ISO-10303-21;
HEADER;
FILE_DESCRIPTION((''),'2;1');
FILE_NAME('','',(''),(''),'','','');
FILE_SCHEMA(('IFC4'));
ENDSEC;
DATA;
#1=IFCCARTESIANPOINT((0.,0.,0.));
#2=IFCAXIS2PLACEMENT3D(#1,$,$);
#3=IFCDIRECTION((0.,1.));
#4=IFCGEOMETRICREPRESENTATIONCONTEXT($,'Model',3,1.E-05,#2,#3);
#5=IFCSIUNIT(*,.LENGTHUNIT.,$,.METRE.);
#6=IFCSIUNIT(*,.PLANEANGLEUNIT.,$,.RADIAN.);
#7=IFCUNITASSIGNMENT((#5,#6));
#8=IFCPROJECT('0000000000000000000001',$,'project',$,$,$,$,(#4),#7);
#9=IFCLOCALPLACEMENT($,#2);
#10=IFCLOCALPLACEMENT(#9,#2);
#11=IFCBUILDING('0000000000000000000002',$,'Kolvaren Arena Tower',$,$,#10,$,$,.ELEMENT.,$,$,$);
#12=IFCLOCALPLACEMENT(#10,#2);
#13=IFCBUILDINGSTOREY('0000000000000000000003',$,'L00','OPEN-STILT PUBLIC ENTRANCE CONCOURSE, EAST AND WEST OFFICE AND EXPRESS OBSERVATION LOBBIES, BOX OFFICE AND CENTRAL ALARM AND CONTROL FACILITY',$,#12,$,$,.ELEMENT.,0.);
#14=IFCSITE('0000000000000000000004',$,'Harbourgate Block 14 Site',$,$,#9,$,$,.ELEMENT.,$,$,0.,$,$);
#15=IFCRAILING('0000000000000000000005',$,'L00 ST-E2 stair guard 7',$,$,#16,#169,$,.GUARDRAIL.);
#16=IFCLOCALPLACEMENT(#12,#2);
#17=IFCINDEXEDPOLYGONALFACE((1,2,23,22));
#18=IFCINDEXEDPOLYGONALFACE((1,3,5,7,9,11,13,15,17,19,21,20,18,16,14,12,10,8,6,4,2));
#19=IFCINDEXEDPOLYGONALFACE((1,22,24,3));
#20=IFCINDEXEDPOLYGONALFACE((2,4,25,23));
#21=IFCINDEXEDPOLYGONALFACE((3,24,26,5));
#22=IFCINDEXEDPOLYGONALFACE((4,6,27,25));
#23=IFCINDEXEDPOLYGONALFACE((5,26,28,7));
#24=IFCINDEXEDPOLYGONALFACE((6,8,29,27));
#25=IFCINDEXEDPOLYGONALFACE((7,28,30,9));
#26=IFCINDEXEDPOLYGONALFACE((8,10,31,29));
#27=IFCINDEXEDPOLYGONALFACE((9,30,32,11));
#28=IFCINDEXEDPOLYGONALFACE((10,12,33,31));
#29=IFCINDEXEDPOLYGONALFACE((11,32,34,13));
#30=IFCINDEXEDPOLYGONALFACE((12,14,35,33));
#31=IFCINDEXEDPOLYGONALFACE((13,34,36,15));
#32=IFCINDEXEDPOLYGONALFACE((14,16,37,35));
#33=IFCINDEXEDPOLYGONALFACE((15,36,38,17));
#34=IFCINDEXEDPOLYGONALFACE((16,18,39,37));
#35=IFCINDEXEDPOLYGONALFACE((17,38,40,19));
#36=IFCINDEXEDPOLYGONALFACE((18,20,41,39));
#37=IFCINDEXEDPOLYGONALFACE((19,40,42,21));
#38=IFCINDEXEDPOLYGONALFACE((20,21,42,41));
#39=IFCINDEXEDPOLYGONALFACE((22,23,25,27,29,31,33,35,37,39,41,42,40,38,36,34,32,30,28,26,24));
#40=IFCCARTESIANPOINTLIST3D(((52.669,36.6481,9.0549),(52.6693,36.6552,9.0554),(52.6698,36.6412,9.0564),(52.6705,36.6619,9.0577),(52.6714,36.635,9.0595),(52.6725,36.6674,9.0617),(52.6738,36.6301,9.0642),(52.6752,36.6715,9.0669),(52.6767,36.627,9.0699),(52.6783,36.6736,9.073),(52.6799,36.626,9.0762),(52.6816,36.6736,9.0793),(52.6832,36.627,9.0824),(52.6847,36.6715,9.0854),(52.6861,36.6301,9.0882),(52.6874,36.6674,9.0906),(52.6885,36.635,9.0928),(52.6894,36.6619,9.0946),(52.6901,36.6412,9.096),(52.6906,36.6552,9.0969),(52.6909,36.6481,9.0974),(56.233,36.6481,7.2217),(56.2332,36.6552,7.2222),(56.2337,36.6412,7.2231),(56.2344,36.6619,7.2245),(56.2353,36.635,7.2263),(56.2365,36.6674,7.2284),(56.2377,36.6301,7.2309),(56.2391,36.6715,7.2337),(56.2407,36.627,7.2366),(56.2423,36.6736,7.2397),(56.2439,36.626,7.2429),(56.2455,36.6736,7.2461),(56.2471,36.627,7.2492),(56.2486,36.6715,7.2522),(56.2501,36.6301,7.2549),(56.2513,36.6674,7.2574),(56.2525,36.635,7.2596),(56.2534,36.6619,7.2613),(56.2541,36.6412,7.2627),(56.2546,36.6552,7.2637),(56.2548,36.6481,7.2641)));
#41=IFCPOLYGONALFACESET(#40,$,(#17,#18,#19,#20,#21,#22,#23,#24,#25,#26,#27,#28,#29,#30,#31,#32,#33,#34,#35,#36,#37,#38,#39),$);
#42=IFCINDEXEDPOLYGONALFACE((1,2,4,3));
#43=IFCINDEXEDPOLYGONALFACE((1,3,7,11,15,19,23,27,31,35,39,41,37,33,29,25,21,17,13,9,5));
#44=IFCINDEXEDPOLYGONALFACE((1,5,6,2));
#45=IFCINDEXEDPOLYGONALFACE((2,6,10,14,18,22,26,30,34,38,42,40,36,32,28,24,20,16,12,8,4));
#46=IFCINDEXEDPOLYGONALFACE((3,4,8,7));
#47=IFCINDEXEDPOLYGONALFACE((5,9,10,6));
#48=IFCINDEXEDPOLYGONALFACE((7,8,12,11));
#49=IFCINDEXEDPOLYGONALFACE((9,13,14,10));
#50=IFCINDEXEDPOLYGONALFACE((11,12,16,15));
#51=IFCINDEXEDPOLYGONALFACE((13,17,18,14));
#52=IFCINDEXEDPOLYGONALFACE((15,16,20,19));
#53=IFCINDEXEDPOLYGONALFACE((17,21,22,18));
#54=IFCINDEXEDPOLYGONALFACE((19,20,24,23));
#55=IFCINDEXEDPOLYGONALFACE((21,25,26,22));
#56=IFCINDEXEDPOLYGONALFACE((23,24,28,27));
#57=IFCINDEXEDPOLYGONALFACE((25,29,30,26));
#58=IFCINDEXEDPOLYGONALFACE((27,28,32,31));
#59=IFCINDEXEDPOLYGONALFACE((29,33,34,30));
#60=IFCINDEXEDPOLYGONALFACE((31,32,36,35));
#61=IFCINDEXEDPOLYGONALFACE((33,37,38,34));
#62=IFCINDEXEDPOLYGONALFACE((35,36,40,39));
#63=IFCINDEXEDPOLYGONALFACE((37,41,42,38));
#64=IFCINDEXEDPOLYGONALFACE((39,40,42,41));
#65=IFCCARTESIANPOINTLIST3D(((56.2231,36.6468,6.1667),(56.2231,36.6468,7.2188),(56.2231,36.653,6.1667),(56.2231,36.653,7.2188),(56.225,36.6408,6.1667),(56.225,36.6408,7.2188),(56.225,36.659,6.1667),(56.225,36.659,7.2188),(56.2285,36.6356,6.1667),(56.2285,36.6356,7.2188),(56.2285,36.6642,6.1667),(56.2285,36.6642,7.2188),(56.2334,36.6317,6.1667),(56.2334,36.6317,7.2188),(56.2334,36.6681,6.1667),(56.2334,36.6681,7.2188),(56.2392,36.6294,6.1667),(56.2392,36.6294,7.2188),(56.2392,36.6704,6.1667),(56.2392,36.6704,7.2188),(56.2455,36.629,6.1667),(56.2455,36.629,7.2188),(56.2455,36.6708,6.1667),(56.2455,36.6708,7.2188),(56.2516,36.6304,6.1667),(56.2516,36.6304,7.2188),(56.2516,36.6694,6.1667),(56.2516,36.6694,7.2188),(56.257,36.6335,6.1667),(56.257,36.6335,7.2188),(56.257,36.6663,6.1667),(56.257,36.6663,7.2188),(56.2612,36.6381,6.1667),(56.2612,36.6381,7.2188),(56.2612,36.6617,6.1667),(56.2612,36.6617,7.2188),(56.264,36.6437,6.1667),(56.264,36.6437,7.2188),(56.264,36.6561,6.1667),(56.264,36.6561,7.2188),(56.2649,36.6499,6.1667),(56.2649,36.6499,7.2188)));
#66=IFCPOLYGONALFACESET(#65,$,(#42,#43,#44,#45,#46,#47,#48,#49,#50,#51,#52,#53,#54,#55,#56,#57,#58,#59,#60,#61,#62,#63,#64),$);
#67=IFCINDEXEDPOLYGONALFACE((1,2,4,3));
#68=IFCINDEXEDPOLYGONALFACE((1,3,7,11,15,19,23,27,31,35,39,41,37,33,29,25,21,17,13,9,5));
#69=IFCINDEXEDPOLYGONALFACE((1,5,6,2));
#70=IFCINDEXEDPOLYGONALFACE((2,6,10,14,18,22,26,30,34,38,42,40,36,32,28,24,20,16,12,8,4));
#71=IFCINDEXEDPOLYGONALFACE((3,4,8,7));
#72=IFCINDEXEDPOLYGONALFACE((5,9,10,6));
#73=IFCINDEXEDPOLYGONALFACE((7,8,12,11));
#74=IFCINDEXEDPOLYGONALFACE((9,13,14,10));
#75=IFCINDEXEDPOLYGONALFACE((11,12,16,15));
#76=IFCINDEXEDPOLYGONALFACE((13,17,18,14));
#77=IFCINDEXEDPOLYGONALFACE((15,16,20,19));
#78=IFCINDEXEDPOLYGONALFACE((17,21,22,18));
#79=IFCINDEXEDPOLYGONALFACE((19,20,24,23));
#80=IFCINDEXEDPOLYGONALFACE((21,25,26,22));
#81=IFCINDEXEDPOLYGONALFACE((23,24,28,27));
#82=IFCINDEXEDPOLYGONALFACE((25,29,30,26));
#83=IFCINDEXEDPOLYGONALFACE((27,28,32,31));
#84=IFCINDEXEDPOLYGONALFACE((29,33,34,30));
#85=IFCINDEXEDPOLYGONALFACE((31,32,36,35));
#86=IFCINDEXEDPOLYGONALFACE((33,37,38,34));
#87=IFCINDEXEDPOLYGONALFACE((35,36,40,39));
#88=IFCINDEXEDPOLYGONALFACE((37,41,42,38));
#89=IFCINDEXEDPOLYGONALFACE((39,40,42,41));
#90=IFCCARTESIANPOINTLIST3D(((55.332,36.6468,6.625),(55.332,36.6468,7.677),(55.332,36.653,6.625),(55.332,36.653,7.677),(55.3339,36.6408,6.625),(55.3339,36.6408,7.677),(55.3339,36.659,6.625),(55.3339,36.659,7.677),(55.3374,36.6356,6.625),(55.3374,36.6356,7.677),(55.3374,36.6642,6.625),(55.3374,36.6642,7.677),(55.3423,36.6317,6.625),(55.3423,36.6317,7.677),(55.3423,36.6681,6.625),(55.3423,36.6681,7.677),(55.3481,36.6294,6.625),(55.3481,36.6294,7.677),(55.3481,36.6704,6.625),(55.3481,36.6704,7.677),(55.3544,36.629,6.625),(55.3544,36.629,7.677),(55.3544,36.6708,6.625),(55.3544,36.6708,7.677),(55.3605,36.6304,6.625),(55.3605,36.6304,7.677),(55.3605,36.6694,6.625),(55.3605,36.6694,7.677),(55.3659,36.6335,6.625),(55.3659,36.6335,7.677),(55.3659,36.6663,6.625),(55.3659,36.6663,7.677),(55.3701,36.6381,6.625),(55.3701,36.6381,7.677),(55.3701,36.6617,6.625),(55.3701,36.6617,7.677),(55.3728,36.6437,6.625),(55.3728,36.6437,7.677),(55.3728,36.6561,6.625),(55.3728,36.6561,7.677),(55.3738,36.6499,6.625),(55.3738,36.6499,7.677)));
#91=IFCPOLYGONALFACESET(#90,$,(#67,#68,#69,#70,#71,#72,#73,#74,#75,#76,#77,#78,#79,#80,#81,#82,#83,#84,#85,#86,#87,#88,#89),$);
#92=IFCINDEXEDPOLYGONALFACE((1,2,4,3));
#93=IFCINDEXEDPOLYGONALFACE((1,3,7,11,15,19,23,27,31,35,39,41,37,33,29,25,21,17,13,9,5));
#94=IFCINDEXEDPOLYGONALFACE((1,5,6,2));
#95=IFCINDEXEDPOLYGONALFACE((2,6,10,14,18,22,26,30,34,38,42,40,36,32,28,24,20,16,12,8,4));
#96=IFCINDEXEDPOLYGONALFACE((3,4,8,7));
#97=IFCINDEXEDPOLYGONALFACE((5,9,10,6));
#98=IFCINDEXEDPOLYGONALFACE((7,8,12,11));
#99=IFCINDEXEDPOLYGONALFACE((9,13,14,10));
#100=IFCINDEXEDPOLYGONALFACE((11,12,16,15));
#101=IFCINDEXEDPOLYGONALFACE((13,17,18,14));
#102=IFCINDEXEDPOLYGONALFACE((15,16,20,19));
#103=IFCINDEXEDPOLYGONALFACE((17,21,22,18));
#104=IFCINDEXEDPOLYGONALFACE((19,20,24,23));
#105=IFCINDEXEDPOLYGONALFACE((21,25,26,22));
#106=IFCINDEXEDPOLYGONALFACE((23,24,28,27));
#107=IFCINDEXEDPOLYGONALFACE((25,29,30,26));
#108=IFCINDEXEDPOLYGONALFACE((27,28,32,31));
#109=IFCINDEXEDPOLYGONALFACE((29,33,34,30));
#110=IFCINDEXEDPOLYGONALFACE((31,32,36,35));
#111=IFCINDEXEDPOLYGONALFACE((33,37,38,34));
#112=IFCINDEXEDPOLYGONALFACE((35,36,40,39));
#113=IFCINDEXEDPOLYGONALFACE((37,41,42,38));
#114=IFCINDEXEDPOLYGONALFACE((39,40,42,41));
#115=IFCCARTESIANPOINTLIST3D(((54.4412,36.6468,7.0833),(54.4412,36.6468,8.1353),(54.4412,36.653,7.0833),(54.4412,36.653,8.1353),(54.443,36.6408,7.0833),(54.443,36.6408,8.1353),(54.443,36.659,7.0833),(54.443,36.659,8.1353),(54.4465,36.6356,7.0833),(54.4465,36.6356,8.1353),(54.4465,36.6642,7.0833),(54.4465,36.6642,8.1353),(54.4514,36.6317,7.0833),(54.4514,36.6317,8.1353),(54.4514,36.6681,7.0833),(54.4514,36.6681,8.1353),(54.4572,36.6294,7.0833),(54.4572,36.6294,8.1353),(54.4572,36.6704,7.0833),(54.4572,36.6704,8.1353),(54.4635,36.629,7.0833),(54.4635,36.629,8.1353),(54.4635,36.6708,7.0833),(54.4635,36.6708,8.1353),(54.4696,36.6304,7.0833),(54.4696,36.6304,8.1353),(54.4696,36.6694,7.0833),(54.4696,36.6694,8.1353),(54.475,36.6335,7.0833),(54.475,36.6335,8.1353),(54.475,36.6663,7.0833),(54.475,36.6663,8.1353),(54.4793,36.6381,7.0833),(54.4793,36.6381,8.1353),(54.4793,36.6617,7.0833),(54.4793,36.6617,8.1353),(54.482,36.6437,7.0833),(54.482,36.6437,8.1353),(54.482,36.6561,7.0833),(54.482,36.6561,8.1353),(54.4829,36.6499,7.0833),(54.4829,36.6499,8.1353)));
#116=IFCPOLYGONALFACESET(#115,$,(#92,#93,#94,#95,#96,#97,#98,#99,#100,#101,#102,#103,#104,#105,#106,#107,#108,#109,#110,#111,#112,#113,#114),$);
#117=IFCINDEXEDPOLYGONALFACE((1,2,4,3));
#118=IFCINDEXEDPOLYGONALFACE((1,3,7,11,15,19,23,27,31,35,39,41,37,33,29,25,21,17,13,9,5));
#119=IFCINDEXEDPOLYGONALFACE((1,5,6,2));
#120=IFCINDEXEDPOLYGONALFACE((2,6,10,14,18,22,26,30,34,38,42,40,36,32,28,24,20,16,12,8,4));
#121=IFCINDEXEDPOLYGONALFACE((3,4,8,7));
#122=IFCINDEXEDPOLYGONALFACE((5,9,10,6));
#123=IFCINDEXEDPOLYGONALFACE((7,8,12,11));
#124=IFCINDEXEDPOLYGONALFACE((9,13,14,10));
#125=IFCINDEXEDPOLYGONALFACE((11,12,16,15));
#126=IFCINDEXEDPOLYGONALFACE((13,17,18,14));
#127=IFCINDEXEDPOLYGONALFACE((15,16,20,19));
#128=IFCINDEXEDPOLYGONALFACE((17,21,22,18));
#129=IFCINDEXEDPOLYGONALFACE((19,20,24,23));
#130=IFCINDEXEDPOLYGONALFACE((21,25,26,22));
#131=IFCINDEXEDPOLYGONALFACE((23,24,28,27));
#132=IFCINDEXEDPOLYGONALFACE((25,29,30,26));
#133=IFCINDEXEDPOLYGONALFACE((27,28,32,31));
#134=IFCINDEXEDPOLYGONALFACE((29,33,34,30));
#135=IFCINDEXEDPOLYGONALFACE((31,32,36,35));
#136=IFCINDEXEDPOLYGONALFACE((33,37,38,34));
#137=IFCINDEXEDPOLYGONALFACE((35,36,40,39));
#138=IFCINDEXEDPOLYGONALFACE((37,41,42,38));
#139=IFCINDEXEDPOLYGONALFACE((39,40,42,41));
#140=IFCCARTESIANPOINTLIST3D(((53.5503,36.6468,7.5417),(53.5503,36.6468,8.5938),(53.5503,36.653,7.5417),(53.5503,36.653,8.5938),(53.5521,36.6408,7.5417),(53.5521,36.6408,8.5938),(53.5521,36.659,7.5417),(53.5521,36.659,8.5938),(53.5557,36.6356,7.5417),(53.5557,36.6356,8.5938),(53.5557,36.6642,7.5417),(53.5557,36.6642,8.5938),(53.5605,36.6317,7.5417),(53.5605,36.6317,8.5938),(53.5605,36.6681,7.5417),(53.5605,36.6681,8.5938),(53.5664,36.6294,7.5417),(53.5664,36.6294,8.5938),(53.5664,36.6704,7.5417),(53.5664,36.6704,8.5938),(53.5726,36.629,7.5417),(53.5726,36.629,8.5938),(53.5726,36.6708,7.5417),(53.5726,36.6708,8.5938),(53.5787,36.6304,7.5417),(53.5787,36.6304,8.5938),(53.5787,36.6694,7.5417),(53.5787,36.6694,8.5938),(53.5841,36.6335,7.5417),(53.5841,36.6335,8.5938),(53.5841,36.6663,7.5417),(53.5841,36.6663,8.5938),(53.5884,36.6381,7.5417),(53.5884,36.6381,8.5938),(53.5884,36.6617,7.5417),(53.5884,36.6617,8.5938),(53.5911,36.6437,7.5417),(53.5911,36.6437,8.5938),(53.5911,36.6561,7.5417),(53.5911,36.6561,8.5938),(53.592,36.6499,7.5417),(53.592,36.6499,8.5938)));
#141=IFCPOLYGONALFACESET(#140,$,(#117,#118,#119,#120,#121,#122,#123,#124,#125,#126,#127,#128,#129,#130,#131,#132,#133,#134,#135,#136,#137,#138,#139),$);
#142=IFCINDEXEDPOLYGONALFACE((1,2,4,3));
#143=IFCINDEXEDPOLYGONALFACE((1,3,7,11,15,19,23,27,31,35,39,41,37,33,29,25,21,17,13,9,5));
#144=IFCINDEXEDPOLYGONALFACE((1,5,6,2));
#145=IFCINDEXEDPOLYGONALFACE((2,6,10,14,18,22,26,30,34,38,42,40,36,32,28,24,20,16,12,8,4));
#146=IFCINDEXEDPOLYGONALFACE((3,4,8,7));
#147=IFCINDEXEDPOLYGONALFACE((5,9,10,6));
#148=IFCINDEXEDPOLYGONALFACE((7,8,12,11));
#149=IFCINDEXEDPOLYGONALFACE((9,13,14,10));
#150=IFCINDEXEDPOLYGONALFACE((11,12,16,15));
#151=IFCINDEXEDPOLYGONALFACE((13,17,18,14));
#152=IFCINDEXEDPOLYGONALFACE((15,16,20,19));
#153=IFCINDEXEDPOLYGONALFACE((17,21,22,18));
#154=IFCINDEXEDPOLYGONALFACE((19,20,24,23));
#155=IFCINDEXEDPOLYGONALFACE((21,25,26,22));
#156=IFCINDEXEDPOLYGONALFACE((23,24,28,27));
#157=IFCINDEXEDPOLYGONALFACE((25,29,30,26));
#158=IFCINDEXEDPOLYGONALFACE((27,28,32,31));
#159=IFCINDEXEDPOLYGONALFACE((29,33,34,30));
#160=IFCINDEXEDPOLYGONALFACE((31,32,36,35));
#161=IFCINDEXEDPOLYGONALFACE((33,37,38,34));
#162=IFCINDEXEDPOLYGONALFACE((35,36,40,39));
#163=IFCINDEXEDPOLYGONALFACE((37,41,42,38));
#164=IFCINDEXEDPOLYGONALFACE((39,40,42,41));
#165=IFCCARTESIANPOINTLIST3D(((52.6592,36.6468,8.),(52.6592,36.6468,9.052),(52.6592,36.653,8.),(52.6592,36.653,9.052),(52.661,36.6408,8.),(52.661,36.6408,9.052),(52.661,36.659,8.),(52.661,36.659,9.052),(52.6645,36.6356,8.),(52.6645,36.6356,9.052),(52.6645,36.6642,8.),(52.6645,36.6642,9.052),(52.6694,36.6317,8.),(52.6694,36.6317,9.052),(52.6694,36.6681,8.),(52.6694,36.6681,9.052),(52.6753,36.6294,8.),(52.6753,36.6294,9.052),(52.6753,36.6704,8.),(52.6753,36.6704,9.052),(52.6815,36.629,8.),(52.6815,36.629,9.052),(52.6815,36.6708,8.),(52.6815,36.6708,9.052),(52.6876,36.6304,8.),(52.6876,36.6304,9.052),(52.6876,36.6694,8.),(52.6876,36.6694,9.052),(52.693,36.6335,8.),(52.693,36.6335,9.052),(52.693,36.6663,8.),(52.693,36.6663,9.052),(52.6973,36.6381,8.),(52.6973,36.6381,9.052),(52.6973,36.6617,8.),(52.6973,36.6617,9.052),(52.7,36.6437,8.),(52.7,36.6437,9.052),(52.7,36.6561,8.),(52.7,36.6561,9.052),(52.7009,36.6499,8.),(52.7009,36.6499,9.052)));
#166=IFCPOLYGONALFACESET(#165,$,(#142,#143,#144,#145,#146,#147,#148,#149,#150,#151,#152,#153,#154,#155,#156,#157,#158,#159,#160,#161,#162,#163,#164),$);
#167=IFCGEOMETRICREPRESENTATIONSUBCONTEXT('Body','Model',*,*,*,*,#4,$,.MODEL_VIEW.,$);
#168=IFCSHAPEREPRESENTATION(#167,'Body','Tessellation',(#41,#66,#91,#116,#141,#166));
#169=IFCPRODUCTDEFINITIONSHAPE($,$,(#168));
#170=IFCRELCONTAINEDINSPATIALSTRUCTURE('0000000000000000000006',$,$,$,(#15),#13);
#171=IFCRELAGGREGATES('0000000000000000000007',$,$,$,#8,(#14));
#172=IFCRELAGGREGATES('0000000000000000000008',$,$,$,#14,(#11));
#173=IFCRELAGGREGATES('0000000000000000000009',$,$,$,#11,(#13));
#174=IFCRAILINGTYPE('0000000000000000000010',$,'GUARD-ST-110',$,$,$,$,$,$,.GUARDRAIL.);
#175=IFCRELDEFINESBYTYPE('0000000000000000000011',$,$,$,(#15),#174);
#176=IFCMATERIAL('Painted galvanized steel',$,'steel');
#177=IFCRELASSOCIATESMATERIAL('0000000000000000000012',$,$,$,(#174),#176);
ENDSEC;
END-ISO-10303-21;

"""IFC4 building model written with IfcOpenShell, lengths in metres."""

from ifc_helpers import new_model, si_unit, direction, frame, origin, origin_2d, place, context, subcontext, project, spatial, circle, extrude, material, type_object, element, save


model = new_model("IFC4")

# Units and contexts
model_context = context("Model", 3, precision=1e-05, world=origin(), true_north=direction((0.0, 1.0)))
body_context = subcontext(model_context, "Body", "Model", "MODEL_VIEW")
ifc_project = project(units=[si_unit("LENGTHUNIT", "METRE"), si_unit("PLANEANGLEUNIT", "RADIAN")], contexts=[model_context])

# Site, building, storey
site_placement = place(None, origin())
site = spatial("IfcSite", under=ifc_project, at=site_placement, Name="Harbourgate Block 14 Site", CompositionType="ELEMENT", RefElevation=0.0)
building_placement = place(site_placement, origin())
building = spatial("IfcBuilding", under=site, at=building_placement, Name="Kolvaren Arena Tower", CompositionType="ELEMENT")
storey_placement = place(building_placement, origin())
storey = spatial("IfcBuildingStorey", under=building, at=storey_placement, Name="L00", Description="OPEN-STILT PUBLIC ENTRANCE CONCOURSE, EAST AND WEST OFFICE AND EXPRESS OBSERVATION LOBBIES, BOX OFFICE AND CENTRAL ALARM AND CONTROL FACILITY", CompositionType="ELEMENT", Elevation=0.0)

# Railing
ifc_material_1 = material(Name="Painted galvanized steel", Category="steel")
railing_type_1 = type_object("IfcRailingType", Name="GUARD-ST-110", PredefinedType="GUARDRAIL", material=ifc_material_1)
railing_1_placement = place(storey_placement, frame((56.2439, 36.6499, 6.1667)))
element("IfcRailing", 1, at=railing_1_placement, inside=storey, type_object=railing_type_1, Name="L00 ST-E2 stair guard 7", PredefinedType="GUARDRAIL", context=body_context, shape_type="SweptSolid", body=[
    extrude(circle(Radius=0.0239, at=origin_2d()), frame((0.0, 0.0, 1.0762), z_axis=(-0.889252, 0.0, 0.457418), x_axis=(0.0, -1.0, 0.0)), (0.0, 0.0, 1.0), 4.0078),
    extrude(circle(Radius=0.021, at=origin_2d()), origin(), (0.0, 0.0, 1.0), 1.052),
    extrude(circle(Radius=0.021, at=origin_2d()), frame((-0.8911, 0.0, 0.4583)), (0.0, 0.0, 1.0), 1.052),
    extrude(circle(Radius=0.021, at=origin_2d()), frame((-1.782, 0.0, 0.9165)), (0.0, 0.0, 1.0), 1.052),
    extrude(circle(Radius=0.021, at=origin_2d()), frame((-2.6729, 0.0, 1.375)), (0.0, 0.0, 1.0), 1.052),
    extrude(circle(Radius=0.021, at=origin_2d()), frame((-3.564, 0.0, 1.8333)), (0.0, 0.0, 1.0), 1.052),
])

save(model, "model.ifc")
